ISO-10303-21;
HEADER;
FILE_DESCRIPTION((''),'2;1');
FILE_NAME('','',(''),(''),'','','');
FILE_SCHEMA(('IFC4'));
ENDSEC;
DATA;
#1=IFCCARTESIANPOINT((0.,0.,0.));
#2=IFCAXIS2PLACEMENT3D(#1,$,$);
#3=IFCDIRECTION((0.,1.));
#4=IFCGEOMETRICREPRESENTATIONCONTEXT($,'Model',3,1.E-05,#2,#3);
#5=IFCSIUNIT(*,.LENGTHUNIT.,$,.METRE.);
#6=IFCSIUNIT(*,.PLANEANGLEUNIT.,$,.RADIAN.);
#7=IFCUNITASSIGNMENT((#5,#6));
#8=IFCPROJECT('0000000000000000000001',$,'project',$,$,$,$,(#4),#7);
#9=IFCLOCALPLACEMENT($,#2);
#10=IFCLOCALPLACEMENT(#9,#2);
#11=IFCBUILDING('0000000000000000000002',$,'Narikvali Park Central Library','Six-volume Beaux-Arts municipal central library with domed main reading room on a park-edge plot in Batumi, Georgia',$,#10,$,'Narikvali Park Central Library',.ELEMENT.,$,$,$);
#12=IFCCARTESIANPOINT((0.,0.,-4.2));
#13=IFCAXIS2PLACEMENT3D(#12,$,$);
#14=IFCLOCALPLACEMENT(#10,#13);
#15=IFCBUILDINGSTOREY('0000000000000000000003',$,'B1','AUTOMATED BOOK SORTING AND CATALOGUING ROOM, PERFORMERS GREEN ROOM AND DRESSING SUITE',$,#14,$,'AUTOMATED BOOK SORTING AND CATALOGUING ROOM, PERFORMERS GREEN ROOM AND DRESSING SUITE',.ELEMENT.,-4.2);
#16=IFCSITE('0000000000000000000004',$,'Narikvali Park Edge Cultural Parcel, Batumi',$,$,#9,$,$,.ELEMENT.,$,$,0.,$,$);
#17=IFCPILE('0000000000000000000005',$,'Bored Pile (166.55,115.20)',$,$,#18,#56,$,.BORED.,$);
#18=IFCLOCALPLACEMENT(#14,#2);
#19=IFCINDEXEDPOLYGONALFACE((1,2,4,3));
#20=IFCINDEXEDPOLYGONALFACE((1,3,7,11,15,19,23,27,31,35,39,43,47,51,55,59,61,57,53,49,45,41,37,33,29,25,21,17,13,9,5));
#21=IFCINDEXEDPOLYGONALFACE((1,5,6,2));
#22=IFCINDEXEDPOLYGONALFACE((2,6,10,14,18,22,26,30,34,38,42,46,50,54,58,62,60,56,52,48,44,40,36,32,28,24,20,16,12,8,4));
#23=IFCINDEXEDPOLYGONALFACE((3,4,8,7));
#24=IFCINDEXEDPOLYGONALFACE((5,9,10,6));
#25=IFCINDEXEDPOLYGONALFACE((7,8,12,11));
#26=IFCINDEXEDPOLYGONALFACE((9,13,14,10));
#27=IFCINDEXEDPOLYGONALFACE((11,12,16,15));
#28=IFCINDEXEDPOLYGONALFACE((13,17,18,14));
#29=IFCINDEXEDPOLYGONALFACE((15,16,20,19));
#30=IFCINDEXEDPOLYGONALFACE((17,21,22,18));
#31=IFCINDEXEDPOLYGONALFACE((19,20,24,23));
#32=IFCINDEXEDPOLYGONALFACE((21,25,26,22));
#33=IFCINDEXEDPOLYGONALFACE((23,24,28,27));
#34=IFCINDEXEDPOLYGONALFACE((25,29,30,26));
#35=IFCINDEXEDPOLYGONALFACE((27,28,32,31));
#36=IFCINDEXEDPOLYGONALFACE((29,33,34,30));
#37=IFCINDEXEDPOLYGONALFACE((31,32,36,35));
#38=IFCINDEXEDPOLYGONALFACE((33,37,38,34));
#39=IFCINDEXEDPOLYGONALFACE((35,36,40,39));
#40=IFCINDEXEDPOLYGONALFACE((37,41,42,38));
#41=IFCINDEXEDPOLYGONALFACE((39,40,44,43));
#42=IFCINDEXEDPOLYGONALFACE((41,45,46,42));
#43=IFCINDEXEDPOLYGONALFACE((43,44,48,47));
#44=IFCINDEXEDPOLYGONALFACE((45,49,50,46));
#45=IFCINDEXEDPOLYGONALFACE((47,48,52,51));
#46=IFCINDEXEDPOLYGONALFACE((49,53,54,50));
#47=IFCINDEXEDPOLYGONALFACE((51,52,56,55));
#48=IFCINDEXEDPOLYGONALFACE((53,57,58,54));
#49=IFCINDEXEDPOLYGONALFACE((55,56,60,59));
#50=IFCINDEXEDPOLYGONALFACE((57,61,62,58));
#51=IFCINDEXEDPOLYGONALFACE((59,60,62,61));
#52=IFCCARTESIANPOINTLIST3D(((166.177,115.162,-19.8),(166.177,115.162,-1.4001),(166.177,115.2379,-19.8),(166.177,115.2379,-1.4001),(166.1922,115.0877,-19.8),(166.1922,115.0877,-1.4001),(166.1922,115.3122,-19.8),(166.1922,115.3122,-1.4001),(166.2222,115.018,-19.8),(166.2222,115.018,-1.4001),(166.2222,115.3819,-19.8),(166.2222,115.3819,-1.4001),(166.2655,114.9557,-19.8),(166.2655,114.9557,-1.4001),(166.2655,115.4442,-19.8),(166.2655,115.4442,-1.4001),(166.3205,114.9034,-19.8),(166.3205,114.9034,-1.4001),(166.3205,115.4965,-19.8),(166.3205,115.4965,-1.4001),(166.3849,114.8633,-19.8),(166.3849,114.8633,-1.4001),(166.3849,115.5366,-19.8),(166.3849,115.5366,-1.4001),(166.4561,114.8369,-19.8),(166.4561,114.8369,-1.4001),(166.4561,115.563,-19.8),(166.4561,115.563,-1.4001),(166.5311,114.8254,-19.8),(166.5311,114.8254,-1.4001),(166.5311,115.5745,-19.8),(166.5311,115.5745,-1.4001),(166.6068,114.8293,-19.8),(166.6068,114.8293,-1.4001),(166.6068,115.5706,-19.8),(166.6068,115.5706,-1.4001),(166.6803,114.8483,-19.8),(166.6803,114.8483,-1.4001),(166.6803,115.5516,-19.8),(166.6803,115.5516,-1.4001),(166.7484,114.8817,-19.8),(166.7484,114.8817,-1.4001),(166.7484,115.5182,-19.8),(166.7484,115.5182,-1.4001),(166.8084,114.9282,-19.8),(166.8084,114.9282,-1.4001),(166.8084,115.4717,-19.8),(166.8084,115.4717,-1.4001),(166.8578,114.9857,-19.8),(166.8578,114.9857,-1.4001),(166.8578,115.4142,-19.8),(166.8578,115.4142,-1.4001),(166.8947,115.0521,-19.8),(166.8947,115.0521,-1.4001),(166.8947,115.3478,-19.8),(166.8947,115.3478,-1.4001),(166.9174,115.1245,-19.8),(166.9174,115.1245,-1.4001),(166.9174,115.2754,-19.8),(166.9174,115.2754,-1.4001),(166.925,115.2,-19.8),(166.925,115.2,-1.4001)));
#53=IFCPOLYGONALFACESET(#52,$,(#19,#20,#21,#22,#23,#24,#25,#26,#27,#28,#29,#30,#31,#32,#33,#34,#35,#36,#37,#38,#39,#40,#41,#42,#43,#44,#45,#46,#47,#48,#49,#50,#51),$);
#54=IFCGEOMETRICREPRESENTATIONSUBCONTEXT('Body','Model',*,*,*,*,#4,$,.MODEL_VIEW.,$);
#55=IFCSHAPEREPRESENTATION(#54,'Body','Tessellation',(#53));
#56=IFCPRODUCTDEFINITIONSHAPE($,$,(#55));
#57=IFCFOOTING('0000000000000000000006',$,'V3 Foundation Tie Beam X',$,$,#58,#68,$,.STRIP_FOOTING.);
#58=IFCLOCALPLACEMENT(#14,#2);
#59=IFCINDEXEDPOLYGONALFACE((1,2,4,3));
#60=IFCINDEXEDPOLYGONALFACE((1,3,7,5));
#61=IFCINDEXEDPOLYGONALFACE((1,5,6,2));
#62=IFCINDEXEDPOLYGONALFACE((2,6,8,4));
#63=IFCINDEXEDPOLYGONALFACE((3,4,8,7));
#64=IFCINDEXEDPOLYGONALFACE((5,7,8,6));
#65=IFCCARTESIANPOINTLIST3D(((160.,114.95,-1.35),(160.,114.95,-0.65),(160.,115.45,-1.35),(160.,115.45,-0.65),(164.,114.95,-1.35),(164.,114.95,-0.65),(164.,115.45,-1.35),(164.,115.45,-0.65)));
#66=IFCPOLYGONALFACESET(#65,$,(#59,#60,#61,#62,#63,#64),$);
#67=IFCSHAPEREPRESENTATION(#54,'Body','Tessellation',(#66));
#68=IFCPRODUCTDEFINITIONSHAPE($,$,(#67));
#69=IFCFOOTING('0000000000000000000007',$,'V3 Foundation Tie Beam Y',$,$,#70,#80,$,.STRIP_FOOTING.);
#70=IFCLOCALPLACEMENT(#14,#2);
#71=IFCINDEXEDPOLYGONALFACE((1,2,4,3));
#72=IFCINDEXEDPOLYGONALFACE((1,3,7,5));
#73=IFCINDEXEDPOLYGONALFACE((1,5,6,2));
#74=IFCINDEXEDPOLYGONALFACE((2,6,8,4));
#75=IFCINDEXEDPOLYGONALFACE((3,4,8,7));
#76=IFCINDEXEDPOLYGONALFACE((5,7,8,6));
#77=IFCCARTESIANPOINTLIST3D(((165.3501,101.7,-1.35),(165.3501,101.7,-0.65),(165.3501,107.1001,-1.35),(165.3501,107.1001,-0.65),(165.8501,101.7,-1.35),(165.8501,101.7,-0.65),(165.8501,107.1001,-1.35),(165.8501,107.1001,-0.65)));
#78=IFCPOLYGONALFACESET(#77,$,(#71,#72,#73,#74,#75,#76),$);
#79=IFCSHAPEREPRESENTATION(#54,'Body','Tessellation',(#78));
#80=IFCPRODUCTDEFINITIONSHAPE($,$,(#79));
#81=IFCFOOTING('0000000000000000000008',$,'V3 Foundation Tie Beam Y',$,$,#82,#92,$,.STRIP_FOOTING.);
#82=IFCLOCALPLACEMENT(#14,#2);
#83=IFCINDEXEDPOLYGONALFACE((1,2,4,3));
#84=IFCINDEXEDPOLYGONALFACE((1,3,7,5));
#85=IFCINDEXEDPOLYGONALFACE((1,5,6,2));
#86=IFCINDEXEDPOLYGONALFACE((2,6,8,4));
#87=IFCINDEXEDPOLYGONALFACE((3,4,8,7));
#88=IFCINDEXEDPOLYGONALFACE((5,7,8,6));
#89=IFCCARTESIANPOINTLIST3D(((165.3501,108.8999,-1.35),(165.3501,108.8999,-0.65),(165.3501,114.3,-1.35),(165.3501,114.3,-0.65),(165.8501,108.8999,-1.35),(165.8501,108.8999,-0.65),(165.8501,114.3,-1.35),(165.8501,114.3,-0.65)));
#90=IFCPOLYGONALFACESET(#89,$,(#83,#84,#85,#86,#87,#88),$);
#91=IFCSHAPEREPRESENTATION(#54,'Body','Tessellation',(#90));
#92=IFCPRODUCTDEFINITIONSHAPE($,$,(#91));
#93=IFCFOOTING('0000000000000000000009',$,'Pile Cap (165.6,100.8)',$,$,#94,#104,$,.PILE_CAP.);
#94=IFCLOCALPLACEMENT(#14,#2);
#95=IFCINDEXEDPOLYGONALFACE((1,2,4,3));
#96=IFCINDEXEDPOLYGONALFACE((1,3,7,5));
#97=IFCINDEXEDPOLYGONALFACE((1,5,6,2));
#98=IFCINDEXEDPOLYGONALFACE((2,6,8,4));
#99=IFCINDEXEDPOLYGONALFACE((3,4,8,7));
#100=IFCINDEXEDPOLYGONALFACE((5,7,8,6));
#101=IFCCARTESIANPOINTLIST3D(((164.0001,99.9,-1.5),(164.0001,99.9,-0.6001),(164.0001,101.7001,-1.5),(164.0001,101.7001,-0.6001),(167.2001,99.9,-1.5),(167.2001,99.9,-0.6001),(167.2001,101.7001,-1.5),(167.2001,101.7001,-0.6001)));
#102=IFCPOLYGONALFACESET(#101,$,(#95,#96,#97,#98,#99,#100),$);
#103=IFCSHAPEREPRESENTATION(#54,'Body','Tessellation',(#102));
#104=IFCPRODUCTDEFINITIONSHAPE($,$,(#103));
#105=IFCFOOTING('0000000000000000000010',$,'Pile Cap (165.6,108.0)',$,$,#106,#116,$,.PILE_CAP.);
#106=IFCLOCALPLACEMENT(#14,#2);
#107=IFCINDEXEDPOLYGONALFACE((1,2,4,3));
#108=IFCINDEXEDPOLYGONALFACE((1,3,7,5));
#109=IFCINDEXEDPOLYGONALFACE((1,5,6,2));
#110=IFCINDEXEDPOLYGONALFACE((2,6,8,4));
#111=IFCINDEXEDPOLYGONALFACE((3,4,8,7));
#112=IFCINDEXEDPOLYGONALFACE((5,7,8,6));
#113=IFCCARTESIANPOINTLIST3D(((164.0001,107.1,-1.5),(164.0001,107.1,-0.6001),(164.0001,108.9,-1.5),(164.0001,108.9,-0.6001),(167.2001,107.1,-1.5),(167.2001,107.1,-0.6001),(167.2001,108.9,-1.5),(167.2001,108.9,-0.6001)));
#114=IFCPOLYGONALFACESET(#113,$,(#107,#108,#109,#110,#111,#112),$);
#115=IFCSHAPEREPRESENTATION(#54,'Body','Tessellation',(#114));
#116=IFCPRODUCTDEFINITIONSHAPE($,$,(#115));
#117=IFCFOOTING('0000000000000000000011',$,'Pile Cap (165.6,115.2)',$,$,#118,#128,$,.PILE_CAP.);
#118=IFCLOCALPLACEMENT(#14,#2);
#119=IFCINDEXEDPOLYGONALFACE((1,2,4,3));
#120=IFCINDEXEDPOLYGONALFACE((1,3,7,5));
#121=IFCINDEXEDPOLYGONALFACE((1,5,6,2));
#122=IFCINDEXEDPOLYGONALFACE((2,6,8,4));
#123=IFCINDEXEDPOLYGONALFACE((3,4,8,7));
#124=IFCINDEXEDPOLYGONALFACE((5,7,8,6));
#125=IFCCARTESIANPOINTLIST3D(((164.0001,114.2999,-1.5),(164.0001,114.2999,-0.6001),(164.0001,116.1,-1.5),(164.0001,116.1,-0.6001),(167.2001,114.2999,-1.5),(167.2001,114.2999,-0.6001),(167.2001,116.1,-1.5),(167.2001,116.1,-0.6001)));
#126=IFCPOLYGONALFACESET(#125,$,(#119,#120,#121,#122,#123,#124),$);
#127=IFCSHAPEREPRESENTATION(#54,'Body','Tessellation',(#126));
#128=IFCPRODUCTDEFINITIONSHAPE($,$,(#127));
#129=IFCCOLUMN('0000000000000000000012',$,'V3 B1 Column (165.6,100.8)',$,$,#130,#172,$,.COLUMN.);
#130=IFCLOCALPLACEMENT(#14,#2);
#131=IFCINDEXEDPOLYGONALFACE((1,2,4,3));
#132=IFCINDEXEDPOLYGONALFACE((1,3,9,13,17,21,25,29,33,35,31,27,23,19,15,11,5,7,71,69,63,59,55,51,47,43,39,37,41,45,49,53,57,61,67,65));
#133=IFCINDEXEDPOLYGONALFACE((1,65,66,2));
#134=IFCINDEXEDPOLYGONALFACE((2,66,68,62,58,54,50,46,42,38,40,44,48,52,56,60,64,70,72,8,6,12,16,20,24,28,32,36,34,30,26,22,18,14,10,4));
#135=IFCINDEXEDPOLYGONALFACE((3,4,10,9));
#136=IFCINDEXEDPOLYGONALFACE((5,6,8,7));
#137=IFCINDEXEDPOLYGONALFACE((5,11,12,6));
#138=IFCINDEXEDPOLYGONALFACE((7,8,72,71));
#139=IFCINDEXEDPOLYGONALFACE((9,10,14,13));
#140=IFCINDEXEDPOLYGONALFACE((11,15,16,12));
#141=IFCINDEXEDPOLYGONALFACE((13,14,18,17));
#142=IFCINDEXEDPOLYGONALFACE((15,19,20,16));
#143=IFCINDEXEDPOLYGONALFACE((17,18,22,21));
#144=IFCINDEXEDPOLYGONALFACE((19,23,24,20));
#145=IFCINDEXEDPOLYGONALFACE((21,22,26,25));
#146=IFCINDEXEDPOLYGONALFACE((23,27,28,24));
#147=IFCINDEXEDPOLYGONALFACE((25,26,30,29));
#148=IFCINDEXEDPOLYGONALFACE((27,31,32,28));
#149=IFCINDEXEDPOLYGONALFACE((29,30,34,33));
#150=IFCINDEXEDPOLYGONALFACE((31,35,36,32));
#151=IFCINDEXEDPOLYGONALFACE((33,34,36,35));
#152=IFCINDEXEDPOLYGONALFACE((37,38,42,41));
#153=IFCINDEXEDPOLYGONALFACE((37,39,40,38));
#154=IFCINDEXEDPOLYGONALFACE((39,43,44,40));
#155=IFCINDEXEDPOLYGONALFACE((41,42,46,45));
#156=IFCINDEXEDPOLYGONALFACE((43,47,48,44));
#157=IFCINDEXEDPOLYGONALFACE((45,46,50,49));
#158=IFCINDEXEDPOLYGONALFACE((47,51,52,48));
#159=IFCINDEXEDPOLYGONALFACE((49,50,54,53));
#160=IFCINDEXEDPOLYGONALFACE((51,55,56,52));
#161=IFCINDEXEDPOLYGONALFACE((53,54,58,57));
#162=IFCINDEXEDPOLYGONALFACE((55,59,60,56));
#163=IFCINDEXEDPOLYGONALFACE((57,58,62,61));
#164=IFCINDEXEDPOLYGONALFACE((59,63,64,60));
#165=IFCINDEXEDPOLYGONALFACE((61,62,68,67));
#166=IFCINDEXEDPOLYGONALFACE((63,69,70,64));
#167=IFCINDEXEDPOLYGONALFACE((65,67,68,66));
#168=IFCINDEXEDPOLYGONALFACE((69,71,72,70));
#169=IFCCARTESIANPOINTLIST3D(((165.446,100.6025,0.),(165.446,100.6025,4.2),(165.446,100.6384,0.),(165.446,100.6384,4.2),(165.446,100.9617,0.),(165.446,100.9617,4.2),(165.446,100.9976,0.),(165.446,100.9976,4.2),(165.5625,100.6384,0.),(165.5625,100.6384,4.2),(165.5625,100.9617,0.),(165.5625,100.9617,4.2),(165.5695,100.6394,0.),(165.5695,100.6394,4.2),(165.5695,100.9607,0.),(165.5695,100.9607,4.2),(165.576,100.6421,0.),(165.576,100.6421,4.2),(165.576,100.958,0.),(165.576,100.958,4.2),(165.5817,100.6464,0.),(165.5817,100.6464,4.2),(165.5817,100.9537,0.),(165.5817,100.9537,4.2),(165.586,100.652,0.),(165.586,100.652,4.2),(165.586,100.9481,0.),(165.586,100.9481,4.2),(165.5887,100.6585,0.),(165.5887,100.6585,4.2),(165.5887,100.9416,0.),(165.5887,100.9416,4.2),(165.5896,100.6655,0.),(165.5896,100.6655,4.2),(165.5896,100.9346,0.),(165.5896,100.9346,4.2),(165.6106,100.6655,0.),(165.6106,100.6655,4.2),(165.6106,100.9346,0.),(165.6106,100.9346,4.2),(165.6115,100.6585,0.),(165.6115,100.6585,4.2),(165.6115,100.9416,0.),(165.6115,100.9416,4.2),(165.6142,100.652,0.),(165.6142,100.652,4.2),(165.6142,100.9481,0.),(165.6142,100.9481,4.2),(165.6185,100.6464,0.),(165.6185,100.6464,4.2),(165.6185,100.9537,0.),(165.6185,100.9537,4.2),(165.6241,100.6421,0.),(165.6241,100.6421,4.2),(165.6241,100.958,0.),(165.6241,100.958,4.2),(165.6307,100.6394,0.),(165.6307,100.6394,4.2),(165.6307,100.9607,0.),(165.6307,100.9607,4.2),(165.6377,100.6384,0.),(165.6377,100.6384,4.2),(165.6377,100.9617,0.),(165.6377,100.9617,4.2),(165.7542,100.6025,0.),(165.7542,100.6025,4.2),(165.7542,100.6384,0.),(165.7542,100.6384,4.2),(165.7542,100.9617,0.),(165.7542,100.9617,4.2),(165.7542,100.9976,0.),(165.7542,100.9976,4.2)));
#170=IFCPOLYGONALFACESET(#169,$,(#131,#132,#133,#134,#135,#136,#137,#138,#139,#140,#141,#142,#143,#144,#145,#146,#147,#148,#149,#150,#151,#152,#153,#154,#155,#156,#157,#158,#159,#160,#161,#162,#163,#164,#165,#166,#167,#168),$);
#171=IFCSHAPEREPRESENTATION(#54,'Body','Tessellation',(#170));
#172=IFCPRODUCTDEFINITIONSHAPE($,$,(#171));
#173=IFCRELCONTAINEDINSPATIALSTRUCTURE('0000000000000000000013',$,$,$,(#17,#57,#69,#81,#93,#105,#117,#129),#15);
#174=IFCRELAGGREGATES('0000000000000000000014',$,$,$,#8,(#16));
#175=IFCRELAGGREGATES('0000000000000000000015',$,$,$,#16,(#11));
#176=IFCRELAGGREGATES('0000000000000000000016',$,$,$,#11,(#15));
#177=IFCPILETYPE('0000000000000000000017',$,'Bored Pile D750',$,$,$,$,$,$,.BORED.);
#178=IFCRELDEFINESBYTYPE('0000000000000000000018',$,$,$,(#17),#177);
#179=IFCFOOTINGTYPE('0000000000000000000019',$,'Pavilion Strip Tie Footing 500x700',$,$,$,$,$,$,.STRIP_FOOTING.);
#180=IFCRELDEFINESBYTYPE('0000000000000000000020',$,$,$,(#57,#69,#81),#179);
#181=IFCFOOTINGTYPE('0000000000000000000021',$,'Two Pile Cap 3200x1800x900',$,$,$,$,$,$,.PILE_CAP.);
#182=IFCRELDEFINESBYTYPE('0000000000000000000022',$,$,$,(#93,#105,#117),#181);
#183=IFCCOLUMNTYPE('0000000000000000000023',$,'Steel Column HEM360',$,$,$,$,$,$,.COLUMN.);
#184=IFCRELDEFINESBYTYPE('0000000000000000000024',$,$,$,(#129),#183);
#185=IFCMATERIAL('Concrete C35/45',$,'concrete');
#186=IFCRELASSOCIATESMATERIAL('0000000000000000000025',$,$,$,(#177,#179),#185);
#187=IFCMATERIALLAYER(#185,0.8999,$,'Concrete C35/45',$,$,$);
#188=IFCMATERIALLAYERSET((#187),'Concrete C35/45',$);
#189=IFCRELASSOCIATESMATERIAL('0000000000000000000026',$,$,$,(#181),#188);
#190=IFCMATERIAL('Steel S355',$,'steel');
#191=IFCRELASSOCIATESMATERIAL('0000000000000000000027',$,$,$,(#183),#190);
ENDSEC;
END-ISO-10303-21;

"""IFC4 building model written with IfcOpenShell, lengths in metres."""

from ifc_helpers import new_model, si_unit, direction, frame, origin, origin_2d, place, context, subcontext, project, spatial, rectangle, circle, i_section, extrude, material, layer, layer_set, material_profile, profile_set, type_object, element, save


model = new_model("IFC4")

# Units and contexts
model_context = context("Model", 3, precision=1e-05, world=origin(), true_north=direction((0.0, 1.0)))
body_context = subcontext(model_context, "Body", "Model", "MODEL_VIEW")
ifc_project = project(units=[si_unit("LENGTHUNIT", "METRE"), si_unit("PLANEANGLEUNIT", "RADIAN")], contexts=[model_context])

# Site, building, storey
site_placement = place(None, origin())
site = spatial("IfcSite", under=ifc_project, at=site_placement, Name="Narikvali Park Edge Cultural Parcel, Batumi", CompositionType="ELEMENT", RefElevation=0.0)
building_placement = place(site_placement, origin())
building = spatial("IfcBuilding", under=site, at=building_placement, Name="Narikvali Park Central Library", Description="Six-volume Beaux-Arts municipal central library with domed main reading room on a park-edge plot in Batumi, Georgia", LongName="Narikvali Park Central Library", CompositionType="ELEMENT")
storey_placement = place(building_placement, frame((0.0, 0.0, -4.2)))
storey = spatial("IfcBuildingStorey", under=building, at=storey_placement, Name="B1", Description="AUTOMATED BOOK SORTING AND CATALOGUING ROOM, PERFORMERS GREEN ROOM AND DRESSING SUITE", LongName="AUTOMATED BOOK SORTING AND CATALOGUING ROOM, PERFORMERS GREEN ROOM AND DRESSING SUITE", CompositionType="ELEMENT", Elevation=-4.2)

# Pile
ifc_material_1 = material(Name="Concrete C35/45", Category="concrete")
ifc_material_profile_1 = material_profile(ifc_material_1, circle(Radius=0.375, at=origin_2d()), Name="PILE D750")
ifc_profile_set_1 = profile_set([ifc_material_profile_1], Name="Concrete C35/45")
pile_type = type_object("IfcPileType", Name="Bored Pile D750", PredefinedType="BORED", material=ifc_profile_set_1)
for number, where, z_axis, x_axis, name in (
    (1, (166.55, 115.2, -1.4001), (0.0, 0.0, -1.0), (1.0, 0.0, 0.0), "Bored Pile (166.55,115.20)"),
):
    element("IfcPile", number, at=place(storey_placement, frame(where, z_axis=z_axis, x_axis=x_axis)), inside=storey, type_object=pile_type, Name=name, PredefinedType="BORED", context=body_context, shape_type="SweptSolid", body=[
        extrude(circle(Radius=0.375, at=origin_2d()), origin(), (0.0, 0.0, 1.0), 18.3999),
    ])

# Footings
ifc_material_profile_2 = material_profile(ifc_material_1, rectangle(XDim=0.5, YDim=0.7, at=origin_2d()), Name="RC GB 500x700")
ifc_profile_set_2 = profile_set([ifc_material_profile_2], Name="Concrete C35/45")
footing_type_1 = type_object("IfcFootingType", Name="Pavilion Strip Tie Footing 500x700", PredefinedType="STRIP_FOOTING", material=ifc_profile_set_2)
footing_placement = place(storey_placement, frame((160.0, 115.2, -1.0), z_axis=(1.0, 0.0, 0.0), x_axis=(0.0, 1.0, 0.0)))
element("IfcFooting", 2, at=footing_placement, inside=storey, type_object=footing_type_1, Name="V3 Foundation Tie Beam X", PredefinedType="STRIP_FOOTING", context=body_context, shape_type="SweptSolid", body=[
    extrude(rectangle(XDim=0.5, YDim=0.7, at=origin_2d()), origin(), (0.0, 0.0, 1.0), 4.0),
])
for number, where, z_axis, x_axis, name in (
    (3, (165.6001, 101.7, -1.0), (0.0, 1.0, 0.0), (-1.0, 0.0, 0.0), "V3 Foundation Tie Beam Y"),
    (4, (165.6001, 108.8999, -1.0), (0.0, 1.0, 0.0), (-1.0, 0.0, 0.0), "V3 Foundation Tie Beam Y"),
):
    element("IfcFooting", number, at=place(storey_placement, frame(where, z_axis=z_axis, x_axis=x_axis)), inside=storey, type_object=footing_type_1, Name=name, PredefinedType="STRIP_FOOTING", context=body_context, shape_type="SweptSolid", body=[
        extrude(rectangle(XDim=0.5, YDim=0.7, at=origin_2d()), origin(), (0.0, 0.0, 1.0), 5.4001),
    ])
ifc_layer_1 = layer(ifc_material_1, 0.8999, Name="Concrete C35/45")
ifc_layer_set_1 = layer_set([ifc_layer_1], Name="Concrete C35/45")
footing_type_2 = type_object("IfcFootingType", Name="Two Pile Cap 3200x1800x900", PredefinedType="PILE_CAP", material=ifc_layer_set_1)
for number, where, z_axis, x_axis, name in (
    (5, (165.6001, 100.8, -1.5), (0.0, 0.0, 1.0), (1.0, 0.0, 0.0), "Pile Cap (165.6,100.8)"),
    (6, (165.6001, 108.0, -1.5), (0.0, 0.0, 1.0), (1.0, 0.0, 0.0), "Pile Cap (165.6,108.0)"),
    (7, (165.6001, 115.2, -1.5), (0.0, 0.0, 1.0), (1.0, 0.0, 0.0), "Pile Cap (165.6,115.2)"),
):
    element("IfcFooting", number, at=place(storey_placement, frame(where, z_axis=z_axis, x_axis=x_axis)), inside=storey, type_object=footing_type_2, Name=name, PredefinedType="PILE_CAP", context=body_context, shape_type="SweptSolid", body=[
        extrude(rectangle(XDim=3.2, YDim=1.8, at=origin_2d()), origin(), (0.0, 0.0, 1.0), 0.8999),
    ])

# Column
ifc_material_2 = material(Name="Steel S355", Category="steel")
ifc_material_profile_3 = material_profile(ifc_material_2, i_section(OverallWidth=0.3081, OverallDepth=0.395, WebThickness=0.021, FlangeThickness=0.0359, FilletRadius=0.0271, at=origin_2d()), Name="HEM 360")
ifc_profile_set_3 = profile_set([ifc_material_profile_3], Name="Steel S355")
column_type = type_object("IfcColumnType", Name="Steel Column HEM360", PredefinedType="COLUMN", material=ifc_profile_set_3)
for number, where, z_axis, x_axis, name in (
    (8, (165.6001, 100.8, 0.0), (0.0, 0.0, 1.0), (1.0, 0.0, 0.0), "V3 B1 Column (165.6,100.8)"),
):
    element("IfcColumn", number, at=place(storey_placement, frame(where, z_axis=z_axis, x_axis=x_axis)), inside=storey, type_object=column_type, Name=name, PredefinedType="COLUMN", context=body_context, shape_type="SweptSolid", body=[
        extrude(i_section(OverallWidth=0.3081, OverallDepth=0.395, WebThickness=0.021, FlangeThickness=0.0359, FilletRadius=0.0271, at=origin_2d()), origin(), (0.0, 0.0, 1.0), 4.2),
    ])

save(model, "model.ifc")
